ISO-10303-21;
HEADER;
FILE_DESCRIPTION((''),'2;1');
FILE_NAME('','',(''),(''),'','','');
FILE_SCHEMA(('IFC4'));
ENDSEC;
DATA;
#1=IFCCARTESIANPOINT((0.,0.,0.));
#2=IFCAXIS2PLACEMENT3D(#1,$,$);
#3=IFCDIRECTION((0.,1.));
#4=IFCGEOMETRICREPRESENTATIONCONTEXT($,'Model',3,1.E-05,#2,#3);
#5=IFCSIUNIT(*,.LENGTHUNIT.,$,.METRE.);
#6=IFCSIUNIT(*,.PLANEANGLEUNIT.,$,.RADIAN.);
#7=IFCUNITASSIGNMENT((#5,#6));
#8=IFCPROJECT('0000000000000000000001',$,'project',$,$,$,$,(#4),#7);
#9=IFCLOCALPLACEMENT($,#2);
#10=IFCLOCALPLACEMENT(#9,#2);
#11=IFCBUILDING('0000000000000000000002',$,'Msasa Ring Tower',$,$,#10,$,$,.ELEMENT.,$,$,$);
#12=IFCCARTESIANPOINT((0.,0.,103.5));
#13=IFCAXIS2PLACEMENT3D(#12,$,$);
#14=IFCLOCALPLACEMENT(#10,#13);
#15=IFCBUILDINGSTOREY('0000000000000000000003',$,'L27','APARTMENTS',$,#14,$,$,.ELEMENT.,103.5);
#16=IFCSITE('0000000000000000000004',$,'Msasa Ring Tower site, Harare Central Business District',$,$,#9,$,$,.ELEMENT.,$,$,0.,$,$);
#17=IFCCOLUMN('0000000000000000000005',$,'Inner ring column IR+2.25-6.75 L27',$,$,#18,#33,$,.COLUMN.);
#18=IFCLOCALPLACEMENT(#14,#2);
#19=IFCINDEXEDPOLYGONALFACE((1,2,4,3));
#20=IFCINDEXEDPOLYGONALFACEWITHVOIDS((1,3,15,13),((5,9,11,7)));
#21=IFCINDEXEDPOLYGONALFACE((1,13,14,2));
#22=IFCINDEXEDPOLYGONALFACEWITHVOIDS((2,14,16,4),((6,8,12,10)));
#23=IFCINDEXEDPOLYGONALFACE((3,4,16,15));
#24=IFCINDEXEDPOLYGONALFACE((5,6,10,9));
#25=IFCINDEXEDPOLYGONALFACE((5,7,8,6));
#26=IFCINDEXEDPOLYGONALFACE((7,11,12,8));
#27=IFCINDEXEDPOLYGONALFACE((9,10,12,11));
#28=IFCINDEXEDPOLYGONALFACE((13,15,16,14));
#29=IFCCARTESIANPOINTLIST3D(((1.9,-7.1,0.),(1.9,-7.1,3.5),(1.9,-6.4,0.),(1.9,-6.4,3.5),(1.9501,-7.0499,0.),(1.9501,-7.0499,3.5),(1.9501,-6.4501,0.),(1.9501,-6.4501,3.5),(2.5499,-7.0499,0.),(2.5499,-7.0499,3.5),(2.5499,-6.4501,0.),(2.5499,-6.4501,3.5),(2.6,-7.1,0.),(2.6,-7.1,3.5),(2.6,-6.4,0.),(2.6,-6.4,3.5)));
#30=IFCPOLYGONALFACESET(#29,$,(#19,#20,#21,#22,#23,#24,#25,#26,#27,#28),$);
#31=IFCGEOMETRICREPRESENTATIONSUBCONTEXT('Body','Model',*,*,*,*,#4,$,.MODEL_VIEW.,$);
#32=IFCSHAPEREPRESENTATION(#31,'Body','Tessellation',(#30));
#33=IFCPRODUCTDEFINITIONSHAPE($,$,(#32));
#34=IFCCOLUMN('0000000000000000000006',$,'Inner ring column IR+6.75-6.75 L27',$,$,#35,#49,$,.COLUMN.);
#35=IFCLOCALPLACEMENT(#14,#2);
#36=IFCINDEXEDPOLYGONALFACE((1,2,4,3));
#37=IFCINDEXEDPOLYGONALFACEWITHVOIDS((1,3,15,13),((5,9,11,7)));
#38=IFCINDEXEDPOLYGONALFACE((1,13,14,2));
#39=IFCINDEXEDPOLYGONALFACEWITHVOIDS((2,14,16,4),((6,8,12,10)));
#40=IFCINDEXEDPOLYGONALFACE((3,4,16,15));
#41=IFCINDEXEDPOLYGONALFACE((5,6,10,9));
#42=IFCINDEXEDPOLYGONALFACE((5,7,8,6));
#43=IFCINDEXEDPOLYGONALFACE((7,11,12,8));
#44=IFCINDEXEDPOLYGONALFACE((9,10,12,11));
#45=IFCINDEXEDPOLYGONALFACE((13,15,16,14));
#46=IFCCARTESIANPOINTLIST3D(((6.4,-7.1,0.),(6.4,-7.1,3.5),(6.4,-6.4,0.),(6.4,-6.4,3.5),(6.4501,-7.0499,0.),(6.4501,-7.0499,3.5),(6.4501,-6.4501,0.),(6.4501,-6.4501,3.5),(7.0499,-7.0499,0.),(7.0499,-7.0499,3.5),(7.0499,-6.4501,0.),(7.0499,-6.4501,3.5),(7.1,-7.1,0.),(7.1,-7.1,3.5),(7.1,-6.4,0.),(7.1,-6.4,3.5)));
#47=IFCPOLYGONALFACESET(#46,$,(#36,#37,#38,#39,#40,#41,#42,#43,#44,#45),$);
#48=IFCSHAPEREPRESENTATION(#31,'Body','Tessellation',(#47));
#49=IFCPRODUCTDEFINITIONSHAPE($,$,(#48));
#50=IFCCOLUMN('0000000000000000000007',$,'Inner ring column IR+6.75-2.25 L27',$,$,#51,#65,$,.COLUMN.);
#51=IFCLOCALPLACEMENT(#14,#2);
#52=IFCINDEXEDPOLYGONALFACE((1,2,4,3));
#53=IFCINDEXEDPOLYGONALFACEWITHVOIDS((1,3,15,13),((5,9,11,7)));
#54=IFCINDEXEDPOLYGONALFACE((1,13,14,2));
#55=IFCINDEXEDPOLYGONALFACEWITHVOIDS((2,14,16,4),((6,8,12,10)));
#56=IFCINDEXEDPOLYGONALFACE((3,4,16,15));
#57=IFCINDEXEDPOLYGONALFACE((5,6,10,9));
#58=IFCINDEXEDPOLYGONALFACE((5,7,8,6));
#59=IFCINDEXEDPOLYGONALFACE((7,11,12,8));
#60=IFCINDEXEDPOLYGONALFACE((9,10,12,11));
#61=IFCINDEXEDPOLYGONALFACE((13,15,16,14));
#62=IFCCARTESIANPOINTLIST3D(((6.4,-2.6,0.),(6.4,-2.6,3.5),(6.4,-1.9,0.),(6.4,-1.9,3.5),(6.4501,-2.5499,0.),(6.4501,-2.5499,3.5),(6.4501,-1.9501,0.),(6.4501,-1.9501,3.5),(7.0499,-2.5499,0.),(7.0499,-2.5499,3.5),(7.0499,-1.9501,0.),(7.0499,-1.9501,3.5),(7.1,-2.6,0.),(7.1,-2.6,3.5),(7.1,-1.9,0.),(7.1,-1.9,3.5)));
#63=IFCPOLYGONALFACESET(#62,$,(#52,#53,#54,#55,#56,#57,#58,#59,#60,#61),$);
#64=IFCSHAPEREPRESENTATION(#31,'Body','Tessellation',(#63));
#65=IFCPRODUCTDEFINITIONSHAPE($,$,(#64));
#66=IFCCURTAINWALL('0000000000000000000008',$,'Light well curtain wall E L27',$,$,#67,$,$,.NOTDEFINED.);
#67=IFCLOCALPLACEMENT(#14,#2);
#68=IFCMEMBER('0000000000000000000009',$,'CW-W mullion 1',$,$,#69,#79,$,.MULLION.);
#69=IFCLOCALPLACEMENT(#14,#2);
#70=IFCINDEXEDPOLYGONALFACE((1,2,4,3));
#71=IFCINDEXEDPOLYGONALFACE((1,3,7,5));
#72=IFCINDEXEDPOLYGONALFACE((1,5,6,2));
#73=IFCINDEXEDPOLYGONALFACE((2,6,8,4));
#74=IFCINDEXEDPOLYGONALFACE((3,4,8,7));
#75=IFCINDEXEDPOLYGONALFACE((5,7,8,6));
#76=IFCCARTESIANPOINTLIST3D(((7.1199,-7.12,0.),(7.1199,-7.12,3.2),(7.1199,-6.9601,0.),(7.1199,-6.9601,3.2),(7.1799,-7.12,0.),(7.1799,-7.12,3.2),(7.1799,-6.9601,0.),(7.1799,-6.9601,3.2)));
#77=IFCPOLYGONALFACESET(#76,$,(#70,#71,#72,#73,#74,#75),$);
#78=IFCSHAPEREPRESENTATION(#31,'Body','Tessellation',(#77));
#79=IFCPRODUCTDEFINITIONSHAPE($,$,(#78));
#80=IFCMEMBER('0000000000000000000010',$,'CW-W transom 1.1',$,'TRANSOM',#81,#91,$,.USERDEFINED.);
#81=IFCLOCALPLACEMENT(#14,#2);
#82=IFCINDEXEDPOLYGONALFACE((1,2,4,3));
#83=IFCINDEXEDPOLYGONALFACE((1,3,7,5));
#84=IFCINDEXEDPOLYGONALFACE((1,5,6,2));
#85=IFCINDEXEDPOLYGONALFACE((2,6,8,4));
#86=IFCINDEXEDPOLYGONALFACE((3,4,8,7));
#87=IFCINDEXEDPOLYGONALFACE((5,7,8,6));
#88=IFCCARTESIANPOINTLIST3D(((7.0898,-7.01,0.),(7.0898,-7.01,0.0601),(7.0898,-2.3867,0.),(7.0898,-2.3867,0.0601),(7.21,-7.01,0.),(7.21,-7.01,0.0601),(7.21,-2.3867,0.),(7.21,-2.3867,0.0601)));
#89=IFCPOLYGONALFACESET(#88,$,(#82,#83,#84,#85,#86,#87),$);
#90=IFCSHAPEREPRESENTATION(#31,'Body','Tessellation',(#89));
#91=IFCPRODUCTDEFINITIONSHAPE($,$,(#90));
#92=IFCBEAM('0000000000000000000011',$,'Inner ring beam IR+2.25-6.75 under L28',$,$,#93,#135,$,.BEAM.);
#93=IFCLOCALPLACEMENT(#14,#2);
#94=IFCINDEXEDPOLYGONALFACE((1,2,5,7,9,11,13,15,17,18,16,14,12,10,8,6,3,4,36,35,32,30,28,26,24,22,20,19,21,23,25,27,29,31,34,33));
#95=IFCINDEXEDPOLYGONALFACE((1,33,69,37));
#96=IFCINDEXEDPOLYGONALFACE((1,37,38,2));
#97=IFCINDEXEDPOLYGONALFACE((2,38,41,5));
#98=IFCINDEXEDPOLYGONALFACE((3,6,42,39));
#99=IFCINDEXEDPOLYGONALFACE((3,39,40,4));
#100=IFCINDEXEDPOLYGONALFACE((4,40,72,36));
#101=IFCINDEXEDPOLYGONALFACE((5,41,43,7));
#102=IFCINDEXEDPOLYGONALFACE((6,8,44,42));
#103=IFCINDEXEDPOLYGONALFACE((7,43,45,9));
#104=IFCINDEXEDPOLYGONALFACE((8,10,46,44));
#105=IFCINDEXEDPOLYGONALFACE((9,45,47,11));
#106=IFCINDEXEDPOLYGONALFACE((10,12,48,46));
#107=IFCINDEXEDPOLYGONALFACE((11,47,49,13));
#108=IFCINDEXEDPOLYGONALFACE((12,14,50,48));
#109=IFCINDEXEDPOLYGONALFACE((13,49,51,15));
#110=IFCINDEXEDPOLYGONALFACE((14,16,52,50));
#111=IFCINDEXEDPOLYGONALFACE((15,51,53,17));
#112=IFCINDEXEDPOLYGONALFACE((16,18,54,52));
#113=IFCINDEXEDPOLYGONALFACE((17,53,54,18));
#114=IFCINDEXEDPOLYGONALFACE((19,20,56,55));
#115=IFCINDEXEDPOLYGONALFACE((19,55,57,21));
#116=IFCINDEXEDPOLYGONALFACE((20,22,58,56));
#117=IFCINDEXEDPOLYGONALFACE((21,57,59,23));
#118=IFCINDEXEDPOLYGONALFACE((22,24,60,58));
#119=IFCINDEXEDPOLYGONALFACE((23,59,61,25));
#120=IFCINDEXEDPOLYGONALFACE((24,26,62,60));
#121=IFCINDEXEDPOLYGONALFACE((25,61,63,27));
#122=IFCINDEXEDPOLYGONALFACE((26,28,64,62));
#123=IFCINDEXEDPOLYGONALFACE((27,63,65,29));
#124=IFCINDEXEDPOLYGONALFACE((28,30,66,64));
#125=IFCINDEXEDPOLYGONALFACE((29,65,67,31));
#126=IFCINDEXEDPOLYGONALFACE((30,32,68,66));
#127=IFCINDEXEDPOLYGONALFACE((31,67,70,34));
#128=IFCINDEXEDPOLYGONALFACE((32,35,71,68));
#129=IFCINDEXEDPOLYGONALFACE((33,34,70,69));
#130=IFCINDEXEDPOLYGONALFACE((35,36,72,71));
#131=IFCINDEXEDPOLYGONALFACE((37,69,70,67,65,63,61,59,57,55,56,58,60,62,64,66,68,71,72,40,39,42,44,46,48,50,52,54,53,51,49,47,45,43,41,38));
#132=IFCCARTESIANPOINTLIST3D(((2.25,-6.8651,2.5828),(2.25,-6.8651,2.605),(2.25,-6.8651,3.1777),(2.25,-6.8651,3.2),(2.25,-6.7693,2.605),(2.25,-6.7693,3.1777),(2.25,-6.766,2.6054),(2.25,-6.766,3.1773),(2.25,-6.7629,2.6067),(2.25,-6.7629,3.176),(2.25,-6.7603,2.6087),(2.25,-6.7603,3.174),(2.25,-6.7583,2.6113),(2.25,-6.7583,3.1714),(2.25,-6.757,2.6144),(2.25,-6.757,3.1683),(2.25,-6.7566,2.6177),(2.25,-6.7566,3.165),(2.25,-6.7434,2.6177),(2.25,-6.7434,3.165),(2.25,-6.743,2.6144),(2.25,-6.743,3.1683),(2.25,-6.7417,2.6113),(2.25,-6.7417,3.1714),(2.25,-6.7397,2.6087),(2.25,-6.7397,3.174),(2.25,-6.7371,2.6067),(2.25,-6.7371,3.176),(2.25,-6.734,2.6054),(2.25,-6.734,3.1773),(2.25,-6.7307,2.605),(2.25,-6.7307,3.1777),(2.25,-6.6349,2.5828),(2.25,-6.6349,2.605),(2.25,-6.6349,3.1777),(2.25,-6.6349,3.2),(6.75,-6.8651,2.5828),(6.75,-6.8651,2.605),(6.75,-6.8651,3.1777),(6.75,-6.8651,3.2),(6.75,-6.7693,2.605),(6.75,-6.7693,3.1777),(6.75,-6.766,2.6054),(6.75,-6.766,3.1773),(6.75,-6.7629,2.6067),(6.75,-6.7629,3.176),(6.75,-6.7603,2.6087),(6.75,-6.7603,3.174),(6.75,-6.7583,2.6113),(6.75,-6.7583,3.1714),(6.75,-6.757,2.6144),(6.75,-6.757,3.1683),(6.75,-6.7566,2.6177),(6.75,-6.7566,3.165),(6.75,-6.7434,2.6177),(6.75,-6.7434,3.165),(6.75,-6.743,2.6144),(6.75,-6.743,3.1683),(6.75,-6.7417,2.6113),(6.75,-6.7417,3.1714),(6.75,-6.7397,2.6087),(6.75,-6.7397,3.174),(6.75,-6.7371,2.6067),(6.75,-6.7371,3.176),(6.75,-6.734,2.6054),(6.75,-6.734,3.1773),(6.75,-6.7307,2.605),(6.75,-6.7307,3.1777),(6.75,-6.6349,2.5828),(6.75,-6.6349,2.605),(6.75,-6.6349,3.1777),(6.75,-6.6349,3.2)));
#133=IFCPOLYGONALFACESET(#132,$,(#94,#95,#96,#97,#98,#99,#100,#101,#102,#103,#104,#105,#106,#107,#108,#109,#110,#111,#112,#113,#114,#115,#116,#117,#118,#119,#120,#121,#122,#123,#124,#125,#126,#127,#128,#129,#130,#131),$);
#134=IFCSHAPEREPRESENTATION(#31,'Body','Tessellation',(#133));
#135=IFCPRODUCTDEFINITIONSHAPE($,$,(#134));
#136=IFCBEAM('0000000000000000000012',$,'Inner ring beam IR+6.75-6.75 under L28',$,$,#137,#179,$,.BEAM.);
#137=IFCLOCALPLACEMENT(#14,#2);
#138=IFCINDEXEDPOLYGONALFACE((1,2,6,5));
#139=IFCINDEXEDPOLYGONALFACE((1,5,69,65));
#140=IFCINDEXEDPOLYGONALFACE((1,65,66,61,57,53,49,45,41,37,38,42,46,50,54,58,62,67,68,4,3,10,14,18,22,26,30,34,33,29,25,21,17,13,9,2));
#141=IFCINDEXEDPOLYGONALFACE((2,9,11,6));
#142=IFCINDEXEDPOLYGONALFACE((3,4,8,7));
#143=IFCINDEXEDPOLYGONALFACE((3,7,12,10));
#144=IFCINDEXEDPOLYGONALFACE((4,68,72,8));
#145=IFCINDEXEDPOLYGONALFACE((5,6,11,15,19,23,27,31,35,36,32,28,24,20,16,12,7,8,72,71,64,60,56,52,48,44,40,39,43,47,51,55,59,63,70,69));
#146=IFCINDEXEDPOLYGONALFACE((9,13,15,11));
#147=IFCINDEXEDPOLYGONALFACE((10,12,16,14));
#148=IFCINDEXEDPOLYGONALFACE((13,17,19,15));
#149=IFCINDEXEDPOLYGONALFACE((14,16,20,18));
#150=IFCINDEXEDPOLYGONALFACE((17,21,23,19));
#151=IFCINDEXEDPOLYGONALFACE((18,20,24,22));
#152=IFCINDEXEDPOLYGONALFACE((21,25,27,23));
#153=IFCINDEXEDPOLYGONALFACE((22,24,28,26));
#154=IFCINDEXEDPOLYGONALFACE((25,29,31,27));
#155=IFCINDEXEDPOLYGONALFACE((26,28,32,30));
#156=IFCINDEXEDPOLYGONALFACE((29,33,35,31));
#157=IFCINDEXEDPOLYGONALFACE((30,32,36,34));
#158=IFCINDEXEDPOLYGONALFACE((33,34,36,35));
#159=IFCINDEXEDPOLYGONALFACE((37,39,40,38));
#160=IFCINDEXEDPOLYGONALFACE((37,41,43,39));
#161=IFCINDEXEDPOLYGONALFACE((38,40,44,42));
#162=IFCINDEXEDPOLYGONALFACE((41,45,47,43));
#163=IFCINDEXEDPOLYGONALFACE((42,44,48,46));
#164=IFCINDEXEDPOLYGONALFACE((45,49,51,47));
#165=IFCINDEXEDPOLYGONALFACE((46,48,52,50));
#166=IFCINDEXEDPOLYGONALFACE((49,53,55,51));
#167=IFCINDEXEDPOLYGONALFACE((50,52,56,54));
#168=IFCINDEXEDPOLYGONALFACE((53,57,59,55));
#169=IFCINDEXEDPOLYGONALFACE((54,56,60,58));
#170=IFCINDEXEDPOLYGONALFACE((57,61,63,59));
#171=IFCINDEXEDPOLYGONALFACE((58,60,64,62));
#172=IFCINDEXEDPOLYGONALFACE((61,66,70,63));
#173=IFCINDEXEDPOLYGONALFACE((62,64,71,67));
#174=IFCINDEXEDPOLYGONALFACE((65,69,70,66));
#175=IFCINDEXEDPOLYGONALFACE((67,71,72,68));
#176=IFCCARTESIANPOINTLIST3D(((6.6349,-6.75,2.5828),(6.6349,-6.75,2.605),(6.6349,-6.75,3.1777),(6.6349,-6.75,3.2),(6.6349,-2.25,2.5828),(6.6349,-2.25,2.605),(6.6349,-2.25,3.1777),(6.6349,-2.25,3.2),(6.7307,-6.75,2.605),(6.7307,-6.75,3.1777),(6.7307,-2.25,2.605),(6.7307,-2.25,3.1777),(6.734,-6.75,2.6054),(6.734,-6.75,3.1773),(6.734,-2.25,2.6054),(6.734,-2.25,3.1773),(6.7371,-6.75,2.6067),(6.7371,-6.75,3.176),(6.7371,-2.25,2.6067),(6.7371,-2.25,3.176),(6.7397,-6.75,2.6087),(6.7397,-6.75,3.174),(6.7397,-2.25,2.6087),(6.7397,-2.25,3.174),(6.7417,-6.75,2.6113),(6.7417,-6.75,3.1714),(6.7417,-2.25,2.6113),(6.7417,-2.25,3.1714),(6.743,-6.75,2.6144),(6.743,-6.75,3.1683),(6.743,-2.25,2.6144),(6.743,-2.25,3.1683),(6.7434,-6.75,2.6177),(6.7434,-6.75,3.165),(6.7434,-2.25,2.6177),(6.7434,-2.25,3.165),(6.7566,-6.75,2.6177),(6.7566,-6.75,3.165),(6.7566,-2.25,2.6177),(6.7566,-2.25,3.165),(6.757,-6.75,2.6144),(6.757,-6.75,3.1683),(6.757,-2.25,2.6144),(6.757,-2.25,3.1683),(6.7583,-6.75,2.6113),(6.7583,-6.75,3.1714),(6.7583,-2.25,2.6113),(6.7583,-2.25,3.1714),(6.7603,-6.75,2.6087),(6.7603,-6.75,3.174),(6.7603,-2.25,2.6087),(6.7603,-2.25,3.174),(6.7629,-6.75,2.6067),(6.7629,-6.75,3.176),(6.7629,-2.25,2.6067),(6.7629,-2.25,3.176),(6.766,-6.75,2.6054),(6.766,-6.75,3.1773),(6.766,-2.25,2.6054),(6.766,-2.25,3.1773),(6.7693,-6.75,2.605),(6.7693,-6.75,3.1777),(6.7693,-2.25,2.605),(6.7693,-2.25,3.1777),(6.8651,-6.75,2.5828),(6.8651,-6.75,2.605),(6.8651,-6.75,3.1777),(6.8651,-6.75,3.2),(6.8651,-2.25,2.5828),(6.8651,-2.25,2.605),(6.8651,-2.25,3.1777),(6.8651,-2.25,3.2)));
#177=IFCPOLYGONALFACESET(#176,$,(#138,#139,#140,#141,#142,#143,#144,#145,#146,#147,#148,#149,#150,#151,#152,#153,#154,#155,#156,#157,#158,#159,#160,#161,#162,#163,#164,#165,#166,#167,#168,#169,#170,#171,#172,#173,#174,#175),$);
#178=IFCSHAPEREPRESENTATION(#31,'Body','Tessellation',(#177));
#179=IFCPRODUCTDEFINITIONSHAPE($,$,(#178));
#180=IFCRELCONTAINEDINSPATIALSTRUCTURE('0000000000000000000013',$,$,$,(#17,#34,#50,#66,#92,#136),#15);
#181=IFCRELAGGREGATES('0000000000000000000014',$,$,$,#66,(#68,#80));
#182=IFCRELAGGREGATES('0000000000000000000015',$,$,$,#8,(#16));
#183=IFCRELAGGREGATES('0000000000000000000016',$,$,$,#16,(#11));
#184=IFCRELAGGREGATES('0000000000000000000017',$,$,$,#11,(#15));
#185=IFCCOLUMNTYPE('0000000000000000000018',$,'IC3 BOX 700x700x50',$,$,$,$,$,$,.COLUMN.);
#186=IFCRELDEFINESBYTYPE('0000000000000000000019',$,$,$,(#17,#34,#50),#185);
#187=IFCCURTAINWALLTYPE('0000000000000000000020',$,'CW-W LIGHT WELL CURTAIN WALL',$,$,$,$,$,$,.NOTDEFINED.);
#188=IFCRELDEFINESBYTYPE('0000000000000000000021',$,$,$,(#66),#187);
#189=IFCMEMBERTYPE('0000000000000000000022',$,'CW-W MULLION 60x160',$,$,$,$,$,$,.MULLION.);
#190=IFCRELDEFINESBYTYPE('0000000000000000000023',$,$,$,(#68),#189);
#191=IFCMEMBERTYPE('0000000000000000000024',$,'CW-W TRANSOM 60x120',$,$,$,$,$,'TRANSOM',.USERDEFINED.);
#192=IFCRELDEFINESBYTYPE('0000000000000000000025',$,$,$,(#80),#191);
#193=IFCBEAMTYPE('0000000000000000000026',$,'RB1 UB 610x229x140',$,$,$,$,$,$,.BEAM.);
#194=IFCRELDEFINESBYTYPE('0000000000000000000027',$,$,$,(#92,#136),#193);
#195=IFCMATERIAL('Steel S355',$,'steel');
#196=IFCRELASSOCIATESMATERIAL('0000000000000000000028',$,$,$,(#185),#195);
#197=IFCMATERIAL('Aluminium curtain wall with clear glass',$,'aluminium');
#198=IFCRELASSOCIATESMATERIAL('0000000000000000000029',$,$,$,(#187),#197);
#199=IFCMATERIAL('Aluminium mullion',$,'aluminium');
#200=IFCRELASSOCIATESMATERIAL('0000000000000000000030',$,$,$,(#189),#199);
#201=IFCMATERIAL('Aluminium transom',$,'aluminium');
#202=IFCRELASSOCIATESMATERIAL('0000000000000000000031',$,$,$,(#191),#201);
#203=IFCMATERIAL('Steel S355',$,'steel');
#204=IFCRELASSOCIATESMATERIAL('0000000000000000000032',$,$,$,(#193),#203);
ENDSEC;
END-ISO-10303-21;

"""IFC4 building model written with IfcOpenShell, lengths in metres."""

from ifc_helpers import new_model, si_unit, direction, frame, origin, origin_2d, place, context, subcontext, project, spatial, rectangle, hollow_rectangle, i_section, extrude, material, material_profile, profile_set, type_object, element, aggregate, save


model = new_model("IFC4")

# Units and contexts
model_context = context("Model", 3, precision=1e-05, world=origin(), true_north=direction((0.0, 1.0)))
body_context = subcontext(model_context, "Body", "Model", "MODEL_VIEW")
ifc_project = project(units=[si_unit("LENGTHUNIT", "METRE"), si_unit("PLANEANGLEUNIT", "RADIAN")], contexts=[model_context])

# Site, building, storey
site_placement = place(None, origin())
site = spatial("IfcSite", under=ifc_project, at=site_placement, Name="Msasa Ring Tower site, Harare Central Business District", CompositionType="ELEMENT", RefElevation=0.0)
building_placement = place(site_placement, origin())
building = spatial("IfcBuilding", under=site, at=building_placement, Name="Msasa Ring Tower", CompositionType="ELEMENT")
storey_placement = place(building_placement, frame((0.0, 0.0, 103.5)))
storey = spatial("IfcBuildingStorey", under=building, at=storey_placement, Name="L27", Description="APARTMENTS", CompositionType="ELEMENT", Elevation=103.5)

# Columns
ifc_material_1 = material(Name="Steel S355", Category="steel")
ifc_material_profile_1 = material_profile(ifc_material_1, hollow_rectangle(XDim=0.7, YDim=0.7, WallThickness=0.05, at=origin_2d()), Name="BOX 700x700x50")
ifc_profile_set_1 = profile_set([ifc_material_profile_1], Name="Steel S355")
column_type = type_object("IfcColumnType", Name="IC3 BOX 700x700x50", PredefinedType="COLUMN", material=ifc_profile_set_1)
for number, where, z_axis, x_axis, name in (
    (1, (2.25, -6.75, 0.0), (0.0, 0.0, 1.0), (1.0, 0.0, 0.0), "Inner ring column IR+2.25-6.75 L27"),
    (2, (6.75, -6.75, 0.0), (0.0, 0.0, 1.0), (1.0, 0.0, 0.0), "Inner ring column IR+6.75-6.75 L27"),
    (3, (6.75, -2.25, 0.0), (0.0, 0.0, 1.0), (1.0, 0.0, 0.0), "Inner ring column IR+6.75-2.25 L27"),
):
    element("IfcColumn", number, at=place(storey_placement, frame(where, z_axis=z_axis, x_axis=x_axis)), inside=storey, type_object=column_type, Name=name, PredefinedType="COLUMN", context=body_context, shape_type="SweptSolid", body=[
        extrude(hollow_rectangle(XDim=0.7, YDim=0.7, WallThickness=0.05, at=origin_2d()), origin(), (0.0, 0.0, 1.0), 3.5),
    ])

# Curtain wall, members
ifc_material_2 = material(Name="Aluminium curtain wall with clear glass", Category="aluminium")
curtain_wall_type = type_object("IfcCurtainWallType", Name="CW-W LIGHT WELL CURTAIN WALL", PredefinedType="NOTDEFINED", material=ifc_material_2)
curtain_wall_1_placement = place(storey_placement, origin())
curtain_wall_1 = element("IfcCurtainWall", 4, at=curtain_wall_1_placement, inside=storey, type_object=curtain_wall_type, Name="Light well curtain wall E L27", PredefinedType="NOTDEFINED")
ifc_material_3 = material(Name="Aluminium mullion", Category="aluminium")
ifc_material_profile_2 = material_profile(ifc_material_3, rectangle(XDim=0.0601, YDim=0.1599, at=origin_2d()), Name="AL 60x160")
ifc_profile_set_2 = profile_set([ifc_material_profile_2], Name="Aluminium mullion")
member_type_1 = type_object("IfcMemberType", Name="CW-W MULLION 60x160", PredefinedType="MULLION", material=ifc_profile_set_2)
member_1_placement = place(storey_placement, frame((7.1499, -7.04, 0.0), z_axis=(0.0, 0.0, 1.0), x_axis=(-1.0, 0.0, 0.0)))
member_1 = element("IfcMember", 5, at=member_1_placement, type_object=member_type_1, Name="CW-W mullion 1", PredefinedType="MULLION", context=body_context, shape_type="SweptSolid", body=[
    extrude(rectangle(XDim=0.0601, YDim=0.1599, at=origin_2d()), origin(), (0.0, 0.0, 1.0), 3.2),
])
ifc_material_4 = material(Name="Aluminium transom", Category="aluminium")
ifc_material_profile_3 = material_profile(ifc_material_4, rectangle(XDim=0.1201, YDim=0.0601, at=origin_2d()), Name="AL 60x120")
ifc_profile_set_3 = profile_set([ifc_material_profile_3], Name="Aluminium transom")
member_type_2 = type_object("IfcMemberType", Name="CW-W TRANSOM 60x120", ElementType="TRANSOM", PredefinedType="USERDEFINED", material=ifc_profile_set_3)
member_2_placement = place(storey_placement, frame((7.1499, -7.01, 0.03), z_axis=(0.0, 1.0, 0.0), x_axis=(-1.0, 0.0, 0.0)))
member_2 = element("IfcMember", 6, at=member_2_placement, type_object=member_type_2, Name="CW-W transom 1.1", ObjectType="TRANSOM", PredefinedType="USERDEFINED", context=body_context, shape_type="SweptSolid", body=[
    extrude(rectangle(XDim=0.1201, YDim=0.0601, at=origin_2d()), origin(), (0.0, 0.0, 1.0), 4.6233),
])
aggregate(curtain_wall_1, [member_1, member_2])

# Beams
ifc_material_5 = material(Name="Steel S355", Category="steel")
ifc_material_profile_4 = material_profile(ifc_material_5, i_section(OverallWidth=0.2302, OverallDepth=0.6172, WebThickness=0.0132, FlangeThickness=0.0222, FilletRadius=0.0127, at=origin_2d()), Name="UB 610x229x140")
ifc_profile_set_4 = profile_set([ifc_material_profile_4], Name="Steel S355")
beam_type = type_object("IfcBeamType", Name="RB1 UB 610x229x140", PredefinedType="BEAM", material=ifc_profile_set_4)
for number, where, z_axis, x_axis, name in (
    (7, (2.25, -6.75, 2.8914), (1.0, 0.0, 0.0), (0.0, 1.0, 0.0), "Inner ring beam IR+2.25-6.75 under L28"),
    (8, (6.75, -6.75, 2.8914), (0.0, 1.0, 0.0), (-1.0, 0.0, 0.0), "Inner ring beam IR+6.75-6.75 under L28"),
):
    element("IfcBeam", number, at=place(storey_placement, frame(where, z_axis=z_axis, x_axis=x_axis)), inside=storey, type_object=beam_type, Name=name, PredefinedType="BEAM", context=body_context, shape_type="SweptSolid", body=[
        extrude(i_section(OverallWidth=0.2302, OverallDepth=0.6172, WebThickness=0.0132, FlangeThickness=0.0222, FilletRadius=0.0127, at=origin_2d()), origin(), (0.0, 0.0, 1.0), 4.5),
    ])

save(model, "model.ifc")
